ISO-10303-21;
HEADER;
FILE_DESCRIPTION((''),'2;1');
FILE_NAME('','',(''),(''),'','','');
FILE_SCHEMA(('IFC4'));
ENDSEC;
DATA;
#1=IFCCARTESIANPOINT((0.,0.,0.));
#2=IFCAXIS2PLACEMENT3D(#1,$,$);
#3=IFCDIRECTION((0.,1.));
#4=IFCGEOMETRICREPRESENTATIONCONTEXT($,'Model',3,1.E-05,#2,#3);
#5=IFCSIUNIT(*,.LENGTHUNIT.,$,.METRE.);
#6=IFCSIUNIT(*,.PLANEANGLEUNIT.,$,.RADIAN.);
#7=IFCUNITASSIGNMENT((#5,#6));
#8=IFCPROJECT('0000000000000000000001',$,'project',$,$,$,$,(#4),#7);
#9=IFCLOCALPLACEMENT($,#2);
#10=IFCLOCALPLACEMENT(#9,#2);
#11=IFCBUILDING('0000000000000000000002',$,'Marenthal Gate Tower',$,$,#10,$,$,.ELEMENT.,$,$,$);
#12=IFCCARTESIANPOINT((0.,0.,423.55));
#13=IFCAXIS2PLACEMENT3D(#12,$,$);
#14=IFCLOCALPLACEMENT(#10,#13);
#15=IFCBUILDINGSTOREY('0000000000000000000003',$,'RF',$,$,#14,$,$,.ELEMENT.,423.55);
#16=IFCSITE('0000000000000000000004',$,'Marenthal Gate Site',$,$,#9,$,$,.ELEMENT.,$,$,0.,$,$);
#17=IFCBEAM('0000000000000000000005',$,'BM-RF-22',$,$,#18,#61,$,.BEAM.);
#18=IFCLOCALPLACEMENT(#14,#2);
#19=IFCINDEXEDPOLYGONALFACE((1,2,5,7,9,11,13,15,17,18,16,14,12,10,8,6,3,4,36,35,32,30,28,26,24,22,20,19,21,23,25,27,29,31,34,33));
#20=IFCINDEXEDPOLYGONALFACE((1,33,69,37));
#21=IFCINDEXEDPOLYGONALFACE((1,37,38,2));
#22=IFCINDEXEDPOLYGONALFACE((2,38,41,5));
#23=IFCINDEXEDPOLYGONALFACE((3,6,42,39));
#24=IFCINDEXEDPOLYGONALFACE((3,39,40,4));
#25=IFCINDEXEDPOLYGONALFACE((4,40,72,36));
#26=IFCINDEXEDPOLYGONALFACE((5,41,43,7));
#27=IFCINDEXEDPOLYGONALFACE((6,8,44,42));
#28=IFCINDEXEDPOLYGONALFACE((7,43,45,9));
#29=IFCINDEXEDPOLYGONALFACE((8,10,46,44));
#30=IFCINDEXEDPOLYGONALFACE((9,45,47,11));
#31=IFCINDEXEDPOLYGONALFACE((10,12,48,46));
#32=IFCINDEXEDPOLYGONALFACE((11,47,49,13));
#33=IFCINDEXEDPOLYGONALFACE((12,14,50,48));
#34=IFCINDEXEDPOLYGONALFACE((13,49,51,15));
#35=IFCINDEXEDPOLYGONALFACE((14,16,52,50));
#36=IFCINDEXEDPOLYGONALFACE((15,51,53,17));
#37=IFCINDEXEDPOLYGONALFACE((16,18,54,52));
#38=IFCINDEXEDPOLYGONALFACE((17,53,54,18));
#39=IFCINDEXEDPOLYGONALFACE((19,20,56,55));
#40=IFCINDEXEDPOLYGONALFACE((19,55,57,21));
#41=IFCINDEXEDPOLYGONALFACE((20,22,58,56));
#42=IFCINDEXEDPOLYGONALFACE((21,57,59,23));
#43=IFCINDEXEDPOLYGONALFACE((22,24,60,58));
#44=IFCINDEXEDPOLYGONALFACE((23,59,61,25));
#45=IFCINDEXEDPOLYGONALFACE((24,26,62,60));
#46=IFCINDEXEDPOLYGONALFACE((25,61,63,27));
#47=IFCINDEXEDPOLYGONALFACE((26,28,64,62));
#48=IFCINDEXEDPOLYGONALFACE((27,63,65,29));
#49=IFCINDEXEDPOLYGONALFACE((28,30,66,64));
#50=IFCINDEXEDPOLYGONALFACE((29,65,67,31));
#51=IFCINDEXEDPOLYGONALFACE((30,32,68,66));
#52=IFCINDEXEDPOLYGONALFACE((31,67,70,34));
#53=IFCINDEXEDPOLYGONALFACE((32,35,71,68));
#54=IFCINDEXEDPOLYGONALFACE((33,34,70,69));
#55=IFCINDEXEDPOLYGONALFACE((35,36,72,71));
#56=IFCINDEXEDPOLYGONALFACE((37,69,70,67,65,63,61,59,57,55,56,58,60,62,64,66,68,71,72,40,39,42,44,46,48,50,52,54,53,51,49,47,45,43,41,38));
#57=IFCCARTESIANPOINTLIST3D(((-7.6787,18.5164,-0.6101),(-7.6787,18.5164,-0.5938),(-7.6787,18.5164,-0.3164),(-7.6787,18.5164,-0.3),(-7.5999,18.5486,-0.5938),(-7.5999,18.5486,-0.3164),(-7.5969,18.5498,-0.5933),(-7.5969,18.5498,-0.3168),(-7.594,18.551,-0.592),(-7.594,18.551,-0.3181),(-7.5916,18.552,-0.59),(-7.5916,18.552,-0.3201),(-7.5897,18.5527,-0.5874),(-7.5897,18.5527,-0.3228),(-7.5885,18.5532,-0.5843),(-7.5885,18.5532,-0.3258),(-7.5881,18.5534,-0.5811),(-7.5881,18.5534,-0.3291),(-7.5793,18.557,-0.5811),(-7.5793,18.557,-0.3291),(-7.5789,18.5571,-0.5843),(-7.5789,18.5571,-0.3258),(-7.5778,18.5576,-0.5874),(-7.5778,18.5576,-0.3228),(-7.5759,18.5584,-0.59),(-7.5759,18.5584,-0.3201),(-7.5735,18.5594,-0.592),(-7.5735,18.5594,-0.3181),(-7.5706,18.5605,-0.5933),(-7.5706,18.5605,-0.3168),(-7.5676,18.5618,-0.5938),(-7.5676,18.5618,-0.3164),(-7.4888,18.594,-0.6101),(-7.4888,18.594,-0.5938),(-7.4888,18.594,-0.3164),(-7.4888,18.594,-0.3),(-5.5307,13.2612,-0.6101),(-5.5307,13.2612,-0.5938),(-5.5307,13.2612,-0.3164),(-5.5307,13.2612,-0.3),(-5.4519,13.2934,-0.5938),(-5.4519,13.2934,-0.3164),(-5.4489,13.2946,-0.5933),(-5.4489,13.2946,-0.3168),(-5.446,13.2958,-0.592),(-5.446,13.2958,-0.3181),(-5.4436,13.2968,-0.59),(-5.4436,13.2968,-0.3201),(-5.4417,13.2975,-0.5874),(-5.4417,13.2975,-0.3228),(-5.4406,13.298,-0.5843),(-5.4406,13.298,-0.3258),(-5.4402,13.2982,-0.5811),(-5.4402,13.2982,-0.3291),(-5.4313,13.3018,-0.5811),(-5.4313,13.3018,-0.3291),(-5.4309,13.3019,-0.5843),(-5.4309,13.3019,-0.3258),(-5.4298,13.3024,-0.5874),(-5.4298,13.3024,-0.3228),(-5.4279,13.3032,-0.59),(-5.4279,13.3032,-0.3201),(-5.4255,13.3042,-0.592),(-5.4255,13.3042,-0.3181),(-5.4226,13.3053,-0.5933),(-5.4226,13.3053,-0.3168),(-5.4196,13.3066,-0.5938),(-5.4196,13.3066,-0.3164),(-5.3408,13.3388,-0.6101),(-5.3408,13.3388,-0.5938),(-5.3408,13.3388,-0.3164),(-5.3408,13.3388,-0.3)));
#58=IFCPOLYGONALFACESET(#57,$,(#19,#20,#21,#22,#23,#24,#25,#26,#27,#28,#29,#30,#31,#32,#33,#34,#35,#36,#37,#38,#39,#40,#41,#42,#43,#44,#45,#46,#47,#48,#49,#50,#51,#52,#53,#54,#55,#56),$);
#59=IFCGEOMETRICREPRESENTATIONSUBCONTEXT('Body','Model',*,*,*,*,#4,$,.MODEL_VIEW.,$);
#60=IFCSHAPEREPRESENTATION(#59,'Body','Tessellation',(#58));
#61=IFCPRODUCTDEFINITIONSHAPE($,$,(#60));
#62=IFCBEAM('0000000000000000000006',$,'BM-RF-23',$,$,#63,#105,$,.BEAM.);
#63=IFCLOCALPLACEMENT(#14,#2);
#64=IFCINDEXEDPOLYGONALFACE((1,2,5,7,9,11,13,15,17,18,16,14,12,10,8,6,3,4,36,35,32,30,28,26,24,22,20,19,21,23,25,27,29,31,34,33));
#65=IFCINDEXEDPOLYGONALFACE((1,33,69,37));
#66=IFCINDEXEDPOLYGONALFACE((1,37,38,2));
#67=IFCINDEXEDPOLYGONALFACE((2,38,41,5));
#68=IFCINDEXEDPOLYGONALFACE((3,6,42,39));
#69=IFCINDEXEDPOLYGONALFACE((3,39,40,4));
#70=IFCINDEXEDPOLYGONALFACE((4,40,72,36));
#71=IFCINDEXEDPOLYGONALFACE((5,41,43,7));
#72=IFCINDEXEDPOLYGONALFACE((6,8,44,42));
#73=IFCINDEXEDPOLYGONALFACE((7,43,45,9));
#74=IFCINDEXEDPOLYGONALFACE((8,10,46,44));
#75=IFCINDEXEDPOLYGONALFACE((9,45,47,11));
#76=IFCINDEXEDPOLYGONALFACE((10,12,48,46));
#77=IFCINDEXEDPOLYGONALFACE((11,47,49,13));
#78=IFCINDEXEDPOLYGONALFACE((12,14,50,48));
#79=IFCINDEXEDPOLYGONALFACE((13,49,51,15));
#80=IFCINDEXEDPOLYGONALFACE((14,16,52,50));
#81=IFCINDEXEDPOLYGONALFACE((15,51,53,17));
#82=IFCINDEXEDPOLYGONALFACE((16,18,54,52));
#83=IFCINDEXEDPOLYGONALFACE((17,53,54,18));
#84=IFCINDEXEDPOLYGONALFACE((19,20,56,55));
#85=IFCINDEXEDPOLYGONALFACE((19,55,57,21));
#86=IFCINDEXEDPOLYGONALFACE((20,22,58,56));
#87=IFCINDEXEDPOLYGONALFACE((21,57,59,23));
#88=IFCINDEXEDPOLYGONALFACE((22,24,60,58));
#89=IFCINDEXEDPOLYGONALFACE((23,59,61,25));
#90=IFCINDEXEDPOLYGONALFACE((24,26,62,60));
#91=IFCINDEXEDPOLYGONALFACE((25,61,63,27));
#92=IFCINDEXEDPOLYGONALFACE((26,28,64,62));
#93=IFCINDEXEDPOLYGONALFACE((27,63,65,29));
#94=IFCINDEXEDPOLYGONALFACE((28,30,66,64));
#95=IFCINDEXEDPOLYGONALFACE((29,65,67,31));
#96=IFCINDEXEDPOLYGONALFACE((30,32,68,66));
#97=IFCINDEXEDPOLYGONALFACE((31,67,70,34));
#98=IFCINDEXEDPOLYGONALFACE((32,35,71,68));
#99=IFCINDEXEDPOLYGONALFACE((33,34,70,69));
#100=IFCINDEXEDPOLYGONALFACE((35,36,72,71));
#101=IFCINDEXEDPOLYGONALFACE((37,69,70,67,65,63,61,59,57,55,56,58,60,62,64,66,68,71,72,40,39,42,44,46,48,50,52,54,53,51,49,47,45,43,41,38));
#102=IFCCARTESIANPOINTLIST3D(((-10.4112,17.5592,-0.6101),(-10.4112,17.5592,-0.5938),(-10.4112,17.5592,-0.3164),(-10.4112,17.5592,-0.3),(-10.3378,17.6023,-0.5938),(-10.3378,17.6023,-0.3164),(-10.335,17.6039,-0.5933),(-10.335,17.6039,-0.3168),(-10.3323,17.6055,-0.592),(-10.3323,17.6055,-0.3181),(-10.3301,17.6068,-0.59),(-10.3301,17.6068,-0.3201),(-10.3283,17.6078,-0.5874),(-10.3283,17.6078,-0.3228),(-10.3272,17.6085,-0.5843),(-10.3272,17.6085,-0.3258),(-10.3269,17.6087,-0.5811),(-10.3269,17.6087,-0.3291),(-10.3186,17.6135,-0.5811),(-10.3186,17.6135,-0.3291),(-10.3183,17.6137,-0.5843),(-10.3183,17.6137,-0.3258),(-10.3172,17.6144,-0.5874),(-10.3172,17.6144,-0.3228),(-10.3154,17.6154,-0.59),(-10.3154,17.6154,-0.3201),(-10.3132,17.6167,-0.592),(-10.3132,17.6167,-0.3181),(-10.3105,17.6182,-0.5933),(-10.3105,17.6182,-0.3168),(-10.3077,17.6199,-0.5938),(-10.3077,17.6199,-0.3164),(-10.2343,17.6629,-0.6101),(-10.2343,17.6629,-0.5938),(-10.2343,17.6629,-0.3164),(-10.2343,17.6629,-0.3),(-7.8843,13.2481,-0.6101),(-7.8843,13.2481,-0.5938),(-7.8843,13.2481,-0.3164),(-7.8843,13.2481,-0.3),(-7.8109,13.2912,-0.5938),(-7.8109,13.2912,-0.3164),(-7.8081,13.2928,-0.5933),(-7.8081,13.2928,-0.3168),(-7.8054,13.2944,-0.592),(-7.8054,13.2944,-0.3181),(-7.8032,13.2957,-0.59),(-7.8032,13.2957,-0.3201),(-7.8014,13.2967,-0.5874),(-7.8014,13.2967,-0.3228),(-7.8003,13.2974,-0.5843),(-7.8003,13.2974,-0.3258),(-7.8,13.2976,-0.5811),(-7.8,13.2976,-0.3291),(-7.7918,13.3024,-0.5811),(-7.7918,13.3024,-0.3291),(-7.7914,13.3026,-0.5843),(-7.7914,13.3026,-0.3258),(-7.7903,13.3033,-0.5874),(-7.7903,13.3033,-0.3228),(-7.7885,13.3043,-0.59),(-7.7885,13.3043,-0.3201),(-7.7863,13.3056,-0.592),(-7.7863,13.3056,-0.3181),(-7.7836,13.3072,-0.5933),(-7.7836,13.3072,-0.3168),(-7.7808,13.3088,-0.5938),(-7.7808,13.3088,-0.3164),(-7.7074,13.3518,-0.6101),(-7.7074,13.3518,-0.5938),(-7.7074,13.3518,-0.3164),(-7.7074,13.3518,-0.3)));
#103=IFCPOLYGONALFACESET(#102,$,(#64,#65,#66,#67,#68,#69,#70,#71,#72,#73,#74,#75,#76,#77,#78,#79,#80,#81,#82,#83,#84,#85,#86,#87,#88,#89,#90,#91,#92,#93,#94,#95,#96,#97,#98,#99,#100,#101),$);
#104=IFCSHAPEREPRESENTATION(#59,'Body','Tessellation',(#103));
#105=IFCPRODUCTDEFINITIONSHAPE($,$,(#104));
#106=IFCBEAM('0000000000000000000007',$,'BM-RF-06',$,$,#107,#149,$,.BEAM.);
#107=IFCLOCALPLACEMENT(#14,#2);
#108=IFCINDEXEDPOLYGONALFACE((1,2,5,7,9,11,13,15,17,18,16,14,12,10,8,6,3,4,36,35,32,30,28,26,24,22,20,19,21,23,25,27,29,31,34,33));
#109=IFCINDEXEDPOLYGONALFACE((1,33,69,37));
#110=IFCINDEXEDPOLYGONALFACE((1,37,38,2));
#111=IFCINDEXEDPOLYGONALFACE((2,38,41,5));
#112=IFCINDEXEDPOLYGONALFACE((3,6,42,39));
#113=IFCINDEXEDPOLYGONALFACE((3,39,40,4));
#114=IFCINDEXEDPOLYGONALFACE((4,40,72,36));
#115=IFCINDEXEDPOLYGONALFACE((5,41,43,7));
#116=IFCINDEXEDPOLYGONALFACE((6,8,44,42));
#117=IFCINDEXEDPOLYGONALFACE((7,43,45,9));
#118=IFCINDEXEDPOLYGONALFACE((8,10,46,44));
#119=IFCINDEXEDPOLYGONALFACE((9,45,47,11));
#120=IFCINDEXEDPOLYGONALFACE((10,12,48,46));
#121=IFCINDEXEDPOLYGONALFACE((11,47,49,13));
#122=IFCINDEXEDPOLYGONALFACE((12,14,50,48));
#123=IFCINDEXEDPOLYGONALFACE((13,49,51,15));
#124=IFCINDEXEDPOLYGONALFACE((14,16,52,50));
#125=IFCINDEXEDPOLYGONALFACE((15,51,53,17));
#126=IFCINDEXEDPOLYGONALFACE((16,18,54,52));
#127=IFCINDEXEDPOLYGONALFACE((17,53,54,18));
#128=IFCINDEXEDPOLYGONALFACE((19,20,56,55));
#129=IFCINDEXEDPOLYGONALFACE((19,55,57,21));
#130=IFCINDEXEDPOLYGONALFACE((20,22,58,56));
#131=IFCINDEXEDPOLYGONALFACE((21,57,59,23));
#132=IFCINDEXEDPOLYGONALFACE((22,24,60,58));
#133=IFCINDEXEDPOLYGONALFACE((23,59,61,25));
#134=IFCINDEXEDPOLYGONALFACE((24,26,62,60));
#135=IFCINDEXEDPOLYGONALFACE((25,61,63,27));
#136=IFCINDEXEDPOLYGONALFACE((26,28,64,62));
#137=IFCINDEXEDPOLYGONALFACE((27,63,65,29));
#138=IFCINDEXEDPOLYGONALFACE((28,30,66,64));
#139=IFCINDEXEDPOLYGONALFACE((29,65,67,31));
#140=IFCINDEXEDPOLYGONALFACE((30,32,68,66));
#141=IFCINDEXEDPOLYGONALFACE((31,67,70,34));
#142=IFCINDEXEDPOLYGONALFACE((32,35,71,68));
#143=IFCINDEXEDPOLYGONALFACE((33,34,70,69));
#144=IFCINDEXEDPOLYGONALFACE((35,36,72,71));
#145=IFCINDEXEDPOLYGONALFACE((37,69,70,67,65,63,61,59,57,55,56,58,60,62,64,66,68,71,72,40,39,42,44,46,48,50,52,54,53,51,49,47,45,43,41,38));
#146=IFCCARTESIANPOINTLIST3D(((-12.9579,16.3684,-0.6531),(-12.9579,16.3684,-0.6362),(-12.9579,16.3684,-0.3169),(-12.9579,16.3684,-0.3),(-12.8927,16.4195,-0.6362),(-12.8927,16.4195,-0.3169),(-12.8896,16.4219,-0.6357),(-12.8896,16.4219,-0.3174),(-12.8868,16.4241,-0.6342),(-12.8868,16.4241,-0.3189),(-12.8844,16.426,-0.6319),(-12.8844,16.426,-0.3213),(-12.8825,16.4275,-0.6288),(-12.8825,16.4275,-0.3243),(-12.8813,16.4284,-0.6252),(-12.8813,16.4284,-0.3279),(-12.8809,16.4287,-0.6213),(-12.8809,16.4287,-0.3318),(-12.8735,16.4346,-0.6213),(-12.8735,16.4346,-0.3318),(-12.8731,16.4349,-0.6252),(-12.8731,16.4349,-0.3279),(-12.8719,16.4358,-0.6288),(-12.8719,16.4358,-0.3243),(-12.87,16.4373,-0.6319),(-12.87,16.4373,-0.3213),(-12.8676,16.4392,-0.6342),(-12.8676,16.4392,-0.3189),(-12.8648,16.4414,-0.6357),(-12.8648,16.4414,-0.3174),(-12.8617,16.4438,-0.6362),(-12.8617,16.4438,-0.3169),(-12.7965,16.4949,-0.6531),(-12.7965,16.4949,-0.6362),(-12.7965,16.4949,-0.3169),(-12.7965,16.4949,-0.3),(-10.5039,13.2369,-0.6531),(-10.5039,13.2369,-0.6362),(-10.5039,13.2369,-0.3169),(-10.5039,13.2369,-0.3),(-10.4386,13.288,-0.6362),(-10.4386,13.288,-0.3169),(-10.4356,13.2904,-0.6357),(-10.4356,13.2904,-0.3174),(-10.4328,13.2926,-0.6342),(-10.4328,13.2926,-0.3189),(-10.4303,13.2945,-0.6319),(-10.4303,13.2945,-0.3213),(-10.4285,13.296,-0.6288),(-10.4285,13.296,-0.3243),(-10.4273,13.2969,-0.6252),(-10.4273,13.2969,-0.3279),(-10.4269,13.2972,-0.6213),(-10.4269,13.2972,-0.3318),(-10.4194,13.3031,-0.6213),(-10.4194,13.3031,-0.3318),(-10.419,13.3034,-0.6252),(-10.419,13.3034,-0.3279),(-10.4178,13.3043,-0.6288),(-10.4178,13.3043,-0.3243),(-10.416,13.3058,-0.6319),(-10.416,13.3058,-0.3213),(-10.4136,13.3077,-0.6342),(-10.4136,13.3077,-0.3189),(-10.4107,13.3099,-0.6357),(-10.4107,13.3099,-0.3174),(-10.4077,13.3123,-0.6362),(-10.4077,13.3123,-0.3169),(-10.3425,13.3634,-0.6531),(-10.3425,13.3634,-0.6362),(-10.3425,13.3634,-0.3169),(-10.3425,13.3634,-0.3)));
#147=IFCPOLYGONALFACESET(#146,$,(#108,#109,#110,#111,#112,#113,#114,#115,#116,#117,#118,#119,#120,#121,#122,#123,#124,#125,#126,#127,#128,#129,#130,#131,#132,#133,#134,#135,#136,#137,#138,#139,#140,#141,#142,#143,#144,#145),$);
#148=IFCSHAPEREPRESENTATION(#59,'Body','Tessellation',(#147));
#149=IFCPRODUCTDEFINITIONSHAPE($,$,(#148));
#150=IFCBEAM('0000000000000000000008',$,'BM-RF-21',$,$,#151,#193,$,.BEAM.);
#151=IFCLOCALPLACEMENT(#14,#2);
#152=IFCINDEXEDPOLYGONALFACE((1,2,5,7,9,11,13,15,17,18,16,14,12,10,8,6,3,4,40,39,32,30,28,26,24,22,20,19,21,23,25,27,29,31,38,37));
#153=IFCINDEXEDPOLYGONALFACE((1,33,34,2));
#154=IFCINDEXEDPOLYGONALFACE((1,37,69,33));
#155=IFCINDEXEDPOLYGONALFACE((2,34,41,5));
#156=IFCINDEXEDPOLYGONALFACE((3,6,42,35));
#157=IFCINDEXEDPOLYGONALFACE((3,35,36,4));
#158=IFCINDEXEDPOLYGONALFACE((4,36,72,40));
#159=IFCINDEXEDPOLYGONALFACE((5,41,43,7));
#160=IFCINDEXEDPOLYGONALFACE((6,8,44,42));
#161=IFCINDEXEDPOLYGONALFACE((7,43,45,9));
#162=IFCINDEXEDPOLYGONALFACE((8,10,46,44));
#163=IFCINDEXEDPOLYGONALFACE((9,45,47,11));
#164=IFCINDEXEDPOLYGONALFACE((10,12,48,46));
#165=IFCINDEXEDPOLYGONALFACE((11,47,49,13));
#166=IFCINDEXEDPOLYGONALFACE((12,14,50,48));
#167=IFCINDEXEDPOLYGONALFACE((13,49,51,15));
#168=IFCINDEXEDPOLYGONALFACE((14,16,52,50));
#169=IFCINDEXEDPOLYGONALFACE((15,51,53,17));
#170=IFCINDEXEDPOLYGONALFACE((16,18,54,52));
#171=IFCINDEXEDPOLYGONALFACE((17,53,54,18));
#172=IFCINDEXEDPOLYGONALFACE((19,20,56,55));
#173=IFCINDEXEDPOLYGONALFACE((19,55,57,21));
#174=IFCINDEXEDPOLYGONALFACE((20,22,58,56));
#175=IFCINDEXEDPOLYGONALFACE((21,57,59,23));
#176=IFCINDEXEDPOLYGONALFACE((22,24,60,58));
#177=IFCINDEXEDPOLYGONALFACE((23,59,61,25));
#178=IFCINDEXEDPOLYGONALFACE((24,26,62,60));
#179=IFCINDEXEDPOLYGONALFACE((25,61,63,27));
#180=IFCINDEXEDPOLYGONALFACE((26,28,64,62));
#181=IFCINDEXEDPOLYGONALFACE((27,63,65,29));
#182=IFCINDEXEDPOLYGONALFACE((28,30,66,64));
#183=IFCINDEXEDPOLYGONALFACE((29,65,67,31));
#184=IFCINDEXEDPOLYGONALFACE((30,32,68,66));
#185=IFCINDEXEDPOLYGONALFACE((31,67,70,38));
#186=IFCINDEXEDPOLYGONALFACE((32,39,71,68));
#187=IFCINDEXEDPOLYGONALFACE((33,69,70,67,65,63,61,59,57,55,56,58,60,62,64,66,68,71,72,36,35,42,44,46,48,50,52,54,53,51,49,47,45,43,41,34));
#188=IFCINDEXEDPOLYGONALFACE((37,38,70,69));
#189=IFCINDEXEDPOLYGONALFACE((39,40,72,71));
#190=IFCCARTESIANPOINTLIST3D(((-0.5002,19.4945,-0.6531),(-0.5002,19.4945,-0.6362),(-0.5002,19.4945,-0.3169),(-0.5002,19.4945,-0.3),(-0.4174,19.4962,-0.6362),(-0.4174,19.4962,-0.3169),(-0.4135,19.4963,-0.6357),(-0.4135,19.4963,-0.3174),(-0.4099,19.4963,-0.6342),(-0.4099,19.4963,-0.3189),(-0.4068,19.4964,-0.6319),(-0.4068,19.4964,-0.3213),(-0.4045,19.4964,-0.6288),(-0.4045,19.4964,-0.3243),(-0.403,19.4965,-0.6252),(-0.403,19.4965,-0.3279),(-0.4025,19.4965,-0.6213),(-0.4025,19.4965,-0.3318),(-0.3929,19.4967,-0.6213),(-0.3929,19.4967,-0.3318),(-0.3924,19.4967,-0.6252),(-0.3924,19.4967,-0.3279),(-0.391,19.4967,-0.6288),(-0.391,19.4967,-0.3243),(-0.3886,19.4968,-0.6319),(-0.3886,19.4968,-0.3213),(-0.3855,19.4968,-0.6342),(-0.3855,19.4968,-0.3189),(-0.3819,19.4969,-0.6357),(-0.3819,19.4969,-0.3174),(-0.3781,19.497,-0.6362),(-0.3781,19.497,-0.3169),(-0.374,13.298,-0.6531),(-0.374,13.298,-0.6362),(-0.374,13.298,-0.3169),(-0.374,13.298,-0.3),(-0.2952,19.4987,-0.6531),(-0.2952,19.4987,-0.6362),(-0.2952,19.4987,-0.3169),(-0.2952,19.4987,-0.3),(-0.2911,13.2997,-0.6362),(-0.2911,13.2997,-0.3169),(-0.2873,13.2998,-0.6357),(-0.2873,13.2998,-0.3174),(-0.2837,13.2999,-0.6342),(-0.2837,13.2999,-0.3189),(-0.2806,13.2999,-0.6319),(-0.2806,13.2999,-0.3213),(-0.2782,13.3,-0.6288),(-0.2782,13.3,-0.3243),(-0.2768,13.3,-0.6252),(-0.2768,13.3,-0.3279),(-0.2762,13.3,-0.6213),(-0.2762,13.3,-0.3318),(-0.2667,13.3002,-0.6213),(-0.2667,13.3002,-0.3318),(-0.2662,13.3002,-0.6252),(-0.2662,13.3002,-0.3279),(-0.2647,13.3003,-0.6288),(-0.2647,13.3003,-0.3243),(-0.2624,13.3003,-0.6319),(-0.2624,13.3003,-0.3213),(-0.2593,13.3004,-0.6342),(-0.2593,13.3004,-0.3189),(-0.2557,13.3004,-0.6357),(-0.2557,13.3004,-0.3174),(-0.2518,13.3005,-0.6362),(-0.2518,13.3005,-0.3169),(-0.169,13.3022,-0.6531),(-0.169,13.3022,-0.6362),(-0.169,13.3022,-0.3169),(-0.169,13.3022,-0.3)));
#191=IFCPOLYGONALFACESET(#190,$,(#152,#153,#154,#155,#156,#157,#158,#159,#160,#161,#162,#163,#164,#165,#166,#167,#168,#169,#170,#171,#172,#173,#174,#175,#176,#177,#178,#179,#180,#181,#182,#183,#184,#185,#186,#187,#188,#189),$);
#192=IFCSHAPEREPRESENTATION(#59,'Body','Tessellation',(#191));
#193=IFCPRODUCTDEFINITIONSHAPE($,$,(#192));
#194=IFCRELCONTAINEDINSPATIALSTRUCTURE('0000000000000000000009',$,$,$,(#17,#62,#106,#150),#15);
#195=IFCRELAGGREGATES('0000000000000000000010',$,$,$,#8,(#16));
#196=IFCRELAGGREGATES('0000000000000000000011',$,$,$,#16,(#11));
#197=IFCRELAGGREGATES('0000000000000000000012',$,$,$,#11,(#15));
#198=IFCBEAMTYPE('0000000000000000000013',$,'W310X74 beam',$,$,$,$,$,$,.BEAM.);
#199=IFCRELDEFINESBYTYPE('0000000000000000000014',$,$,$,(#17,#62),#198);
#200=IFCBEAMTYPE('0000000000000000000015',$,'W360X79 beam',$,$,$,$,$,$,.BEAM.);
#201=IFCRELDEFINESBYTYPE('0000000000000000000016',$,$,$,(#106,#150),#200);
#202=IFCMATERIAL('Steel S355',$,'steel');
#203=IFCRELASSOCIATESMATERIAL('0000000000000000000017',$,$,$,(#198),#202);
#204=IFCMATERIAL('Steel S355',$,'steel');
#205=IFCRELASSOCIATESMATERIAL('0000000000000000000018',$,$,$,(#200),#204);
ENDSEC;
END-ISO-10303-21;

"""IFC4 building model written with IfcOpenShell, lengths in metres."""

from ifc_helpers import new_model, si_unit, direction, frame, origin, origin_2d, place, context, subcontext, project, spatial, i_section, extrude, material, material_profile, profile_set, type_object, element, save


model = new_model("IFC4")

# Units and contexts
model_context = context("Model", 3, precision=1e-05, world=origin(), true_north=direction((0.0, 1.0)))
body_context = subcontext(model_context, "Body", "Model", "MODEL_VIEW")
ifc_project = project(units=[si_unit("LENGTHUNIT", "METRE"), si_unit("PLANEANGLEUNIT", "RADIAN")], contexts=[model_context])

# Site, building, storey
site_placement = place(None, origin())
site = spatial("IfcSite", under=ifc_project, at=site_placement, Name="Marenthal Gate Site", CompositionType="ELEMENT", RefElevation=0.0)
building_placement = place(site_placement, origin())
building = spatial("IfcBuilding", under=site, at=building_placement, Name="Marenthal Gate Tower", CompositionType="ELEMENT")
storey_placement = place(building_placement, frame((0.0, 0.0, 423.55)))
storey = spatial("IfcBuildingStorey", under=building, at=storey_placement, Name="RF", CompositionType="ELEMENT", Elevation=423.55)

# Beams
ifc_material_1 = material(Name="Steel S355", Category="steel")
ifc_material_profile_1 = material_profile(ifc_material_1, i_section(OverallWidth=0.2051, OverallDepth=0.3101, WebThickness=0.0095, FlangeThickness=0.0164, FilletRadius=0.0127, at=origin_2d()), Name="W310X74")
ifc_profile_set_1 = profile_set([ifc_material_profile_1], Name="Steel S355")
beam_type_1 = type_object("IfcBeamType", Name="W310X74 beam", PredefinedType="BEAM", material=ifc_profile_set_1)
beam_1_placement = place(storey_placement, frame((-7.5837, 18.5552, -0.4551), z_axis=(0.37835, -0.925663, 0.0), x_axis=(0.925663, 0.37835, 0.0)))
element("IfcBeam", 1, at=beam_1_placement, inside=storey, type_object=beam_type_1, Name="BM-RF-22", PredefinedType="BEAM", context=body_context, shape_type="SweptSolid", body=[
    extrude(i_section(OverallWidth=0.2051, OverallDepth=0.3101, WebThickness=0.0095, FlangeThickness=0.0164, FilletRadius=0.0127, at=origin_2d()), origin(), (0.0, 0.0, 1.0), 5.6772),
])
beam_2_placement = place(storey_placement, frame((-10.3228, 17.6111, -0.4551), z_axis=(0.505674, -0.862724, 0.0), x_axis=(0.862724, 0.505674, 0.0)))
element("IfcBeam", 2, at=beam_2_placement, inside=storey, type_object=beam_type_1, Name="BM-RF-23", PredefinedType="BEAM", context=body_context, shape_type="SweptSolid", body=[
    extrude(i_section(OverallWidth=0.2051, OverallDepth=0.3101, WebThickness=0.0095, FlangeThickness=0.0164, FilletRadius=0.0127, at=origin_2d()), origin(), (0.0, 0.0, 1.0), 4.9971),
])
ifc_material_2 = material(Name="Steel S355", Category="steel")
ifc_material_profile_2 = material_profile(ifc_material_2, i_section(OverallWidth=0.2051, OverallDepth=0.353, WebThickness=0.0095, FlangeThickness=0.0168, FilletRadius=0.0149, at=origin_2d()), Name="W360X79")
ifc_profile_set_2 = profile_set([ifc_material_profile_2], Name="Steel S355")
beam_type_2 = type_object("IfcBeamType", Name="W360X79 beam", PredefinedType="BEAM", material=ifc_profile_set_2)
beam_3_placement = place(storey_placement, frame((-12.8772, 16.4316, -0.4766), z_axis=(0.616821, -0.787103, 0.0), x_axis=(0.787103, 0.616821, 0.0)))
element("IfcBeam", 3, at=beam_3_placement, inside=storey, type_object=beam_type_2, Name="BM-RF-06", PredefinedType="BEAM", context=body_context, shape_type="SweptSolid", body=[
    extrude(i_section(OverallWidth=0.2051, OverallDepth=0.353, WebThickness=0.0095, FlangeThickness=0.0168, FilletRadius=0.0149, at=origin_2d()), origin(), (0.0, 0.0, 1.0), 3.9785),
])
beam_4_placement = place(storey_placement, frame((-0.3977, 19.4966, -0.4766), z_axis=(0.020365, -0.999793, 0.0), x_axis=(0.999793, 0.020365, 0.0)))
element("IfcBeam", 4, at=beam_4_placement, inside=storey, type_object=beam_type_2, Name="BM-RF-21", PredefinedType="BEAM", context=body_context, shape_type="SweptSolid", body=[
    extrude(i_section(OverallWidth=0.2051, OverallDepth=0.353, WebThickness=0.0095, FlangeThickness=0.0168, FilletRadius=0.0149, at=origin_2d()), origin(), (0.0, 0.0, 1.0), 6.1978),
])

save(model, "model.ifc")
